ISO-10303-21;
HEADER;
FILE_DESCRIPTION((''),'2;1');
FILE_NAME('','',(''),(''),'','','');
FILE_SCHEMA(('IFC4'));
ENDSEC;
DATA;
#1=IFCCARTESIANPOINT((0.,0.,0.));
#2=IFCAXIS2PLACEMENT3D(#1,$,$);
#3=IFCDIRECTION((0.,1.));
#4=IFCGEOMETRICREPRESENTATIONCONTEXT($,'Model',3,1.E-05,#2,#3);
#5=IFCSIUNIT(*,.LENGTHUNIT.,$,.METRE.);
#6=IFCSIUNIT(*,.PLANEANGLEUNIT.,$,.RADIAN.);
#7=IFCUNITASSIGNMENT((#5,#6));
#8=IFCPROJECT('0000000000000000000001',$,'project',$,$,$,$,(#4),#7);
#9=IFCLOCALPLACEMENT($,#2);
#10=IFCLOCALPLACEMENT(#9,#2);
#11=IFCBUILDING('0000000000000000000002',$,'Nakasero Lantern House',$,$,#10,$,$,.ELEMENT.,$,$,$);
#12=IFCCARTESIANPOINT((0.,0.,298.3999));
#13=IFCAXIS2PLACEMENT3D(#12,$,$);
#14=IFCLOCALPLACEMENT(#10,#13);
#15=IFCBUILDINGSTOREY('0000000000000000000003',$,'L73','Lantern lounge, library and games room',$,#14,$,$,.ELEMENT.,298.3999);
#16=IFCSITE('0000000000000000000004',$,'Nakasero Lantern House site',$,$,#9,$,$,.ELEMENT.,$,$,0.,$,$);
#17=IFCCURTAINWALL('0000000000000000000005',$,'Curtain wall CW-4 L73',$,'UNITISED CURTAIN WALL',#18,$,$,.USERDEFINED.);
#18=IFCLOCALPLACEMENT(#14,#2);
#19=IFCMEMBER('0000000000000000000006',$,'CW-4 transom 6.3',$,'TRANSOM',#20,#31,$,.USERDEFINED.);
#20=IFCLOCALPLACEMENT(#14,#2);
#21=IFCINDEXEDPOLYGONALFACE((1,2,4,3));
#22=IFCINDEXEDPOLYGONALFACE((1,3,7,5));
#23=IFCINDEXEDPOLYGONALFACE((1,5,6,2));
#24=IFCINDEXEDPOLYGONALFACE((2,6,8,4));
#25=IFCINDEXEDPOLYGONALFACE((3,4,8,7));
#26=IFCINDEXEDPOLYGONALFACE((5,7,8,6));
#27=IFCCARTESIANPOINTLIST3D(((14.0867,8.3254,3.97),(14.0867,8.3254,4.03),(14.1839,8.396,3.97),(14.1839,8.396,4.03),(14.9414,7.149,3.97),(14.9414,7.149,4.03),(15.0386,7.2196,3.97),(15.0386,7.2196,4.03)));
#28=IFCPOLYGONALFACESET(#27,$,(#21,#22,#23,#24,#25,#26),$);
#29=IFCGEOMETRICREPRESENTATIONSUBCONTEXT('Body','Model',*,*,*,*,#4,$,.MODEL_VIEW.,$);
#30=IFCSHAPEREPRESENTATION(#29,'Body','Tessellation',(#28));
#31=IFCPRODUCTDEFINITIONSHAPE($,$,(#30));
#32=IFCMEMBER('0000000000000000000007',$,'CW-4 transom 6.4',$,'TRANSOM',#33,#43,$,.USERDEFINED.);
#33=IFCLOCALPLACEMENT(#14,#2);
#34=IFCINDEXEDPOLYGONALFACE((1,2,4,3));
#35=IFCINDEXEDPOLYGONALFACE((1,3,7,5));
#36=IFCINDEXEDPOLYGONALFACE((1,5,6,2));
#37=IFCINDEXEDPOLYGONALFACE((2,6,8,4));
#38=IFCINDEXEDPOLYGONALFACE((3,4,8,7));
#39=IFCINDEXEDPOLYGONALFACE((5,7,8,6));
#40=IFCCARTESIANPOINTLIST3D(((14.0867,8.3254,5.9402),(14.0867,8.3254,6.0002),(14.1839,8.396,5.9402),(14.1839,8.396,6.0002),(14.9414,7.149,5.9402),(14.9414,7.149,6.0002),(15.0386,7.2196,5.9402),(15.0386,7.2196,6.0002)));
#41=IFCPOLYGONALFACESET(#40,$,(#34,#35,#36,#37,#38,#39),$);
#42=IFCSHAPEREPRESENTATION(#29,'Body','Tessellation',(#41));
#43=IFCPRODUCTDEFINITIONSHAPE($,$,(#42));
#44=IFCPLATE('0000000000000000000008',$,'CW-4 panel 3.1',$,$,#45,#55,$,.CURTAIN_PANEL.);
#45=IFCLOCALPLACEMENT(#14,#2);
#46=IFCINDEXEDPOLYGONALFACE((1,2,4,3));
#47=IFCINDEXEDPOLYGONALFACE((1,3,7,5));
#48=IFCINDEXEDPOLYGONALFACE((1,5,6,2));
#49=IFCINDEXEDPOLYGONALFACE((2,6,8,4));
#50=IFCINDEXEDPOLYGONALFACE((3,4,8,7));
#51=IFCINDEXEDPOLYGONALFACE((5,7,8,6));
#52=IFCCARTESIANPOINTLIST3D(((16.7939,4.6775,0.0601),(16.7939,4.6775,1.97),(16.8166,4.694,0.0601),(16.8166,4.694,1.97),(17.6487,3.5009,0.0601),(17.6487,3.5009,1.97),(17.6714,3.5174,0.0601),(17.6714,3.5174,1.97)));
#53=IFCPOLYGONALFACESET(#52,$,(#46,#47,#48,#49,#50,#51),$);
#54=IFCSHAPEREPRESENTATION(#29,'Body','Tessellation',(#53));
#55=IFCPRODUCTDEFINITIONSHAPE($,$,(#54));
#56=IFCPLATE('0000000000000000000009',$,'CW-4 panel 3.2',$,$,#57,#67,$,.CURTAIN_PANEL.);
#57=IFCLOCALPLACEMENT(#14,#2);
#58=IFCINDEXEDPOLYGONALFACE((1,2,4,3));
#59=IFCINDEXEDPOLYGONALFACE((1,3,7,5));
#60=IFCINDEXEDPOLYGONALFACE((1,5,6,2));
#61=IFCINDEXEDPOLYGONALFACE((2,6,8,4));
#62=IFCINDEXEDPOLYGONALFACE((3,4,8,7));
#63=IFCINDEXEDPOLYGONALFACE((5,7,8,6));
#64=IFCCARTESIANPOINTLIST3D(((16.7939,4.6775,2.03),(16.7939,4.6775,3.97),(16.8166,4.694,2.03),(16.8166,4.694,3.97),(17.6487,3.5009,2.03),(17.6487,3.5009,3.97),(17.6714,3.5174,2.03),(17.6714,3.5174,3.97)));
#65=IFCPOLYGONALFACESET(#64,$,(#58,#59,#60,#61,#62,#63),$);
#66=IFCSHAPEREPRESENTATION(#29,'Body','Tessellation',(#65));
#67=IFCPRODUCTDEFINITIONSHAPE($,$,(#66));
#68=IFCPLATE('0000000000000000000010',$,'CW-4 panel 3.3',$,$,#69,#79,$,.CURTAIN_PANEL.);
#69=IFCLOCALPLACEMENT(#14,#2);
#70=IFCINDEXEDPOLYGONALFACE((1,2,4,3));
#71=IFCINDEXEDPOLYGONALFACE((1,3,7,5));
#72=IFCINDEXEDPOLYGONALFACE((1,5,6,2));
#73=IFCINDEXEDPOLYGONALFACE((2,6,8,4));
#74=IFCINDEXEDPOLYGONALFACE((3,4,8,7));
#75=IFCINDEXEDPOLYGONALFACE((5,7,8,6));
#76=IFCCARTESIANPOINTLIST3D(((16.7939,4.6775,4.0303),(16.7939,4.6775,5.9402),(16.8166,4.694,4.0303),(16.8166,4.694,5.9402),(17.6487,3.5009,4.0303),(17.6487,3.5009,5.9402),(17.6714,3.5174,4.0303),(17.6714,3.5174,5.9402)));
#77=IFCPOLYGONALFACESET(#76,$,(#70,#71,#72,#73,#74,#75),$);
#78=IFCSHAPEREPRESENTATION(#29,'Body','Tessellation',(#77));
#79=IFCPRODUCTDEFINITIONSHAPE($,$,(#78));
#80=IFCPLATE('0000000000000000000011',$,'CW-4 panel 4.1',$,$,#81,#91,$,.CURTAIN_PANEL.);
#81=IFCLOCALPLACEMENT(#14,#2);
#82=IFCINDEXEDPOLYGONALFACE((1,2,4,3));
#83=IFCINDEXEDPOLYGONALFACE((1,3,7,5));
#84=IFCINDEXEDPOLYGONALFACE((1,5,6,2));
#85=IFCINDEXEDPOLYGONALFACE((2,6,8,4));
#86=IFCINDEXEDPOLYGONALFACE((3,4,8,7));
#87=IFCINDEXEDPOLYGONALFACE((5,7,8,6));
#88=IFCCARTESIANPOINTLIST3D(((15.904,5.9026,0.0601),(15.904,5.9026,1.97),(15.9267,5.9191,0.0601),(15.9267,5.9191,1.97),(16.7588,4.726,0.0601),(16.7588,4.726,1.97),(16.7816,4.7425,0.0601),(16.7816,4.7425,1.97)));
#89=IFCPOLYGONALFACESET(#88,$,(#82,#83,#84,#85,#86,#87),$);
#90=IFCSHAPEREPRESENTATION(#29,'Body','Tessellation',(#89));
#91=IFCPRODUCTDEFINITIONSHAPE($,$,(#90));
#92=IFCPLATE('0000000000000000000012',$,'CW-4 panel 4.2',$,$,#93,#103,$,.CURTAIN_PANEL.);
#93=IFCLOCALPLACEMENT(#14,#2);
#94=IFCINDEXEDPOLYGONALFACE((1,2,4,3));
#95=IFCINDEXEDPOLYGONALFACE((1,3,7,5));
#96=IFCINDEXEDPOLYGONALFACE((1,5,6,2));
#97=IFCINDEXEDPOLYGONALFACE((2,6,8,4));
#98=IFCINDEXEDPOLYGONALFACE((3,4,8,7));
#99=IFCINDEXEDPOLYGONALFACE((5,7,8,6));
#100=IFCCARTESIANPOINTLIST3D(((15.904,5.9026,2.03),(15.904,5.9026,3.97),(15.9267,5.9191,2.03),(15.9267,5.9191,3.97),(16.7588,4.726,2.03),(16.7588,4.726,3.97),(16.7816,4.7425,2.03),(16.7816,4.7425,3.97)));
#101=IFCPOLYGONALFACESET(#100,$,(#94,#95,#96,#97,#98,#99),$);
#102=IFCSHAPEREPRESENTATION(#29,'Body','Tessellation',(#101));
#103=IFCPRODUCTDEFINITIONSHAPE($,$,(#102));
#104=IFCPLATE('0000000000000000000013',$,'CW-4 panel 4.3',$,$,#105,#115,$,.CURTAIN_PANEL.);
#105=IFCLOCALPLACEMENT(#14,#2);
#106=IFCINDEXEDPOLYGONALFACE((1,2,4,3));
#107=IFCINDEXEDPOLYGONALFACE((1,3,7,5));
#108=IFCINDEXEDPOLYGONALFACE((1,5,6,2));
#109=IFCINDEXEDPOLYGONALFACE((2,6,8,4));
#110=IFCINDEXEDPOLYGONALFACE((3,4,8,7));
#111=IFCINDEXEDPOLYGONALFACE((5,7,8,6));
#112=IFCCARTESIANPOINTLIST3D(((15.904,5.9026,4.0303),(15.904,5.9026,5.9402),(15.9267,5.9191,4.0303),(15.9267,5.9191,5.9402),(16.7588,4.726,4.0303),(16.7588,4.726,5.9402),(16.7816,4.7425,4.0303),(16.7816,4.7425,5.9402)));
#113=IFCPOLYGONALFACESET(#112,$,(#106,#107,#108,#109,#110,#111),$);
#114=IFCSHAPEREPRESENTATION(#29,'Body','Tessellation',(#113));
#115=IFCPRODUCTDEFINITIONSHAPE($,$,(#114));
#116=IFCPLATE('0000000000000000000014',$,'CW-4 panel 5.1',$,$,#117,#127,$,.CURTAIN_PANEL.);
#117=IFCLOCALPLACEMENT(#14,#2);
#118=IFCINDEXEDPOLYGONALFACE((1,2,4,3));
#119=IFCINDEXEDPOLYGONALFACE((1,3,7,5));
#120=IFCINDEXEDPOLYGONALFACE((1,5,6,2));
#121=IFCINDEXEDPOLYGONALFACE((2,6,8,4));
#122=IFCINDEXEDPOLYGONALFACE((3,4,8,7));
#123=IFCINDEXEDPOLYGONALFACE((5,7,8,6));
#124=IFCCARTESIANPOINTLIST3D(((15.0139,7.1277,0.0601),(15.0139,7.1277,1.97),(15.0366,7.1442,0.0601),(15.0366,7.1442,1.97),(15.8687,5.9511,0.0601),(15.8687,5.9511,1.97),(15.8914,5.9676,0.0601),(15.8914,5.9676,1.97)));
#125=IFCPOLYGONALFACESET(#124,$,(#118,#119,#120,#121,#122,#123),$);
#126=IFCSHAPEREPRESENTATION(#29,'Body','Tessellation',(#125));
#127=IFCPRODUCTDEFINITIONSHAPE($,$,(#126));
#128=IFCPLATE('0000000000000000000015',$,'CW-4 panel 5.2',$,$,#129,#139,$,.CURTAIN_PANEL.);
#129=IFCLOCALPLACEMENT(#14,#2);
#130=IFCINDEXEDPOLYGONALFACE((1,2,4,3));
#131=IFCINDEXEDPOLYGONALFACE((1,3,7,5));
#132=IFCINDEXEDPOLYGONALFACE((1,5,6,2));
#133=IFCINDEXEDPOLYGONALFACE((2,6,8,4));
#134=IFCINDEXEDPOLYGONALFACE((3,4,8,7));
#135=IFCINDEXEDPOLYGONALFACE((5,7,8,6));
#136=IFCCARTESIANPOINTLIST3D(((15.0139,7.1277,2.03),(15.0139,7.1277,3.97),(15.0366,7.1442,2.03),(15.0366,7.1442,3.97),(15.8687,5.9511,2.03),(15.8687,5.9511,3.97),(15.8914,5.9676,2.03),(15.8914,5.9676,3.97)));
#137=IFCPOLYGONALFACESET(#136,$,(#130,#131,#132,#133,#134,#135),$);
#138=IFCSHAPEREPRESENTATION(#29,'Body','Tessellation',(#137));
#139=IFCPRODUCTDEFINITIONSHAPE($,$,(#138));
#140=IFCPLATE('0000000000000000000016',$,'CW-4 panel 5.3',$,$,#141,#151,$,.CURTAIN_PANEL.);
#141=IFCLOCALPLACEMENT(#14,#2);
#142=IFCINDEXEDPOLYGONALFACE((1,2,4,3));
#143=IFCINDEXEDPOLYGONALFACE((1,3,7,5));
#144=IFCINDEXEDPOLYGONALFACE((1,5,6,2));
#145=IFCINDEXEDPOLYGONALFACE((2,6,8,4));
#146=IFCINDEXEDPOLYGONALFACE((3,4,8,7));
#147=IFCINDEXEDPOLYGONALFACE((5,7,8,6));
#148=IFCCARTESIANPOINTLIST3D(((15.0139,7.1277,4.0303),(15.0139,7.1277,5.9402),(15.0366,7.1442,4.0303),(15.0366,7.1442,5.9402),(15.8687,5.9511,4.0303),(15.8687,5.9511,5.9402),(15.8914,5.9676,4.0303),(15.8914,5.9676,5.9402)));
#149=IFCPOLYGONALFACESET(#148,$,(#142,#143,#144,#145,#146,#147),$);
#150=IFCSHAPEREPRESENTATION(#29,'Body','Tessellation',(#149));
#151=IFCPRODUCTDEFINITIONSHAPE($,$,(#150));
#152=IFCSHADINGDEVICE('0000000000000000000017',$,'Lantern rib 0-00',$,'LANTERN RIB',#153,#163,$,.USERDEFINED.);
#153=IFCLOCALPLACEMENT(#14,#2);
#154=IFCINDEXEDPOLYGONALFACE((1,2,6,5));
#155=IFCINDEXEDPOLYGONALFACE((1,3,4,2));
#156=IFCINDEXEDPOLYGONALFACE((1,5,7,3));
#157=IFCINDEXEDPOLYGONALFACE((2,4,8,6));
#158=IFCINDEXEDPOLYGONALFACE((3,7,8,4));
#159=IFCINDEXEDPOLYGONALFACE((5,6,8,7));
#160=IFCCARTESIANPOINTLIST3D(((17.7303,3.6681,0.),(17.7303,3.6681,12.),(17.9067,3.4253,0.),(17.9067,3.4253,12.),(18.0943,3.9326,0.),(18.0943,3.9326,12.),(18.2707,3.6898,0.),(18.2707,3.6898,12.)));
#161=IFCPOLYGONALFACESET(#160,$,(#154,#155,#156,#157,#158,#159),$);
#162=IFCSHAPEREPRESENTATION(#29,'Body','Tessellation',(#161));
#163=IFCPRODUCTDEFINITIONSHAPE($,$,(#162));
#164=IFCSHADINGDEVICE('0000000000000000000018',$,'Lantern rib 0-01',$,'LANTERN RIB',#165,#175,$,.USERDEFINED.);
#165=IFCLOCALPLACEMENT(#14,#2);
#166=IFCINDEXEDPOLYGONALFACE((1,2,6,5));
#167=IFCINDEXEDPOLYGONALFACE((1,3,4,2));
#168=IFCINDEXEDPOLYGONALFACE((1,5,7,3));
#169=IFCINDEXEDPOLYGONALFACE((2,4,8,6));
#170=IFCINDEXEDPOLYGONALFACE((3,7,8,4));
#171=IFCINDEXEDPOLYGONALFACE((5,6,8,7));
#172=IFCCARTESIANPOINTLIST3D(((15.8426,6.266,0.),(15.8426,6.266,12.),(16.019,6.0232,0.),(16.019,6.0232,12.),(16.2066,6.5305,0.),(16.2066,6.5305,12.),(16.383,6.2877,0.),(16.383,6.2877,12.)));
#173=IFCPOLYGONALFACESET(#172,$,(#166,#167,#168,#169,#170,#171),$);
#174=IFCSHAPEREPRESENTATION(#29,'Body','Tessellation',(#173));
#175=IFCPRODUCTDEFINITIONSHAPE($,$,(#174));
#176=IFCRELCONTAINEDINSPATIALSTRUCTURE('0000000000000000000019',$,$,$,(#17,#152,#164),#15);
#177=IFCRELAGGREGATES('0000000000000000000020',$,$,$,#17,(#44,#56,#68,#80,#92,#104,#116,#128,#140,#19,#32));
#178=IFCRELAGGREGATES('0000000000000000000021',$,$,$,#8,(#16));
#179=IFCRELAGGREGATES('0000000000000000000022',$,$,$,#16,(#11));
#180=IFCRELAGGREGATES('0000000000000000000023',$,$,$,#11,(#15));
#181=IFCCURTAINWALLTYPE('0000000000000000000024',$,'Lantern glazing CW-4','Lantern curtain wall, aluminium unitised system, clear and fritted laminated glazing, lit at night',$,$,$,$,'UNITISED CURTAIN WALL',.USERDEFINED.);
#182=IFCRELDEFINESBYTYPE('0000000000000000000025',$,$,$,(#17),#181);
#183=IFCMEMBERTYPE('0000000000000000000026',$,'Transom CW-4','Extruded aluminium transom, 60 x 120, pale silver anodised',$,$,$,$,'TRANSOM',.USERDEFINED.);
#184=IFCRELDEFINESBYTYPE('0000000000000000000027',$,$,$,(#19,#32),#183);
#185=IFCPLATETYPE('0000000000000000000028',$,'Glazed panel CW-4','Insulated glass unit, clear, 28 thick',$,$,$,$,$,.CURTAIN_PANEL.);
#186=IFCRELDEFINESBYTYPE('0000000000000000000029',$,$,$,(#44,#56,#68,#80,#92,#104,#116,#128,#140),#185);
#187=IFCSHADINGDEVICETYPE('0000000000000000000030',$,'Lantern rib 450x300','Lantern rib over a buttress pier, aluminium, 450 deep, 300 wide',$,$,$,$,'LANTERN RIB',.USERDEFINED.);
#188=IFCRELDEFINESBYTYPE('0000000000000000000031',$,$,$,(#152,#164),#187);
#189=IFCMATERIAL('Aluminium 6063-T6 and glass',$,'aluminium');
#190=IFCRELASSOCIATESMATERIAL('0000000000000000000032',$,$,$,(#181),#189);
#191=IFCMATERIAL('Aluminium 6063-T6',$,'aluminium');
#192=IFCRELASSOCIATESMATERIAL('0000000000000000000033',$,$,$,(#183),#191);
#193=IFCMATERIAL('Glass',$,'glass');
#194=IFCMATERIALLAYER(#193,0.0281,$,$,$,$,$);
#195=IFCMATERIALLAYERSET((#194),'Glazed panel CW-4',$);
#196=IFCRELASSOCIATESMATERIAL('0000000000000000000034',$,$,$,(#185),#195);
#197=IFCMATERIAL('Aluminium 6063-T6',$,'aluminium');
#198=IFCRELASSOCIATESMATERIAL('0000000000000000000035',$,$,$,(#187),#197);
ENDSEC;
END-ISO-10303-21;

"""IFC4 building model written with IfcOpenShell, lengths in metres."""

from ifc_helpers import new_model, si_unit, direction, frame, origin, origin_2d, place, context, subcontext, project, spatial, rectangle, extrude, material, layer, layer_set, material_profile, profile_set, type_object, element, aggregate, save


model = new_model("IFC4")

# Units and contexts
model_context = context("Model", 3, precision=1e-05, world=origin(), true_north=direction((0.0, 1.0)))
body_context = subcontext(model_context, "Body", "Model", "MODEL_VIEW")
ifc_project = project(units=[si_unit("LENGTHUNIT", "METRE"), si_unit("PLANEANGLEUNIT", "RADIAN")], contexts=[model_context])

# Site, building, storey
site_placement = place(None, origin())
site = spatial("IfcSite", under=ifc_project, at=site_placement, Name="Nakasero Lantern House site", CompositionType="ELEMENT", RefElevation=0.0)
building_placement = place(site_placement, origin())
building = spatial("IfcBuilding", under=site, at=building_placement, Name="Nakasero Lantern House", CompositionType="ELEMENT")
storey_placement = place(building_placement, frame((0.0, 0.0, 298.3999)))
storey = spatial("IfcBuildingStorey", under=building, at=storey_placement, Name="L73", Description="Lantern lounge, library and games room", CompositionType="ELEMENT", Elevation=298.3999)

# Curtain wall, members, plates
ifc_material_1 = material(Name="Aluminium 6063-T6 and glass", Category="aluminium")
curtain_wall_type = type_object("IfcCurtainWallType", Name="Lantern glazing CW-4", Description="Lantern curtain wall, aluminium unitised system, clear and fritted laminated glazing, lit at night", ElementType="UNITISED CURTAIN WALL", PredefinedType="USERDEFINED", material=ifc_material_1)
curtain_wall_placement = place(storey_placement, origin())
curtain_wall = element("IfcCurtainWall", 1, at=curtain_wall_placement, inside=storey, type_object=curtain_wall_type, Name="Curtain wall CW-4 L73", ObjectType="UNITISED CURTAIN WALL", PredefinedType="USERDEFINED")
ifc_material_2 = material(Name="Aluminium 6063-T6", Category="aluminium")
ifc_material_profile_1 = material_profile(ifc_material_2, rectangle(XDim=0.0601, YDim=0.1201, at=origin_2d()), Name="CW-4 transom 60x120")
ifc_profile_set_1 = profile_set([ifc_material_profile_1], Name="Aluminium 6063-T6")
member_type_1 = type_object("IfcMemberType", Name="Transom CW-4", Description="Extruded aluminium transom, 60 x 120, pale silver anodised", ElementType="TRANSOM", PredefinedType="USERDEFINED", material=ifc_profile_set_1)
member_1_placement = place(storey_placement, frame((14.99, 7.1843, 4.0), z_axis=(-0.587762, 0.809034, 0.0), x_axis=(0.0, 0.0, 1.0)))
member_1 = element("IfcMember", 2, at=member_1_placement, type_object=member_type_1, Name="CW-4 transom 6.3", ObjectType="TRANSOM", PredefinedType="USERDEFINED", context=body_context, shape_type="SweptSolid", body=[
    extrude(rectangle(XDim=0.0601, YDim=0.1201, at=origin_2d()), origin(), (0.0, 0.0, 1.0), 1.4541),
])
member_2_placement = place(storey_placement, frame((14.99, 7.1843, 5.9702), z_axis=(-0.587762, 0.809034, 0.0), x_axis=(0.0, 0.0, 1.0)))
member_2 = element("IfcMember", 3, at=member_2_placement, type_object=member_type_1, Name="CW-4 transom 6.4", ObjectType="TRANSOM", PredefinedType="USERDEFINED", context=body_context, shape_type="SweptSolid", body=[
    extrude(rectangle(XDim=0.0601, YDim=0.1201, at=origin_2d()), origin(), (0.0, 0.0, 1.0), 1.4541),
])
ifc_material_3 = material(Name="Glass", Category="glass")
ifc_layer = layer(ifc_material_3, 0.0281)
ifc_layer_set = layer_set([ifc_layer], Name="Glazed panel CW-4")
plate_type = type_object("IfcPlateType", Name="Glazed panel CW-4", Description="Insulated glass unit, clear, 28 thick", PredefinedType="CURTAIN_PANEL", material=ifc_layer_set)
plate_1_placement = place(storey_placement, frame((17.2327, 4.0974, 0.0601), z_axis=(0.0, 0.0, 1.0), x_axis=(-0.587785, 0.809017, 0.0)))
plate_1 = element("IfcPlate", 4, at=plate_1_placement, type_object=plate_type, Name="CW-4 panel 3.1", PredefinedType="CURTAIN_PANEL", context=body_context, shape_type="SweptSolid", body=[
    extrude(rectangle(XDim=1.4543, YDim=0.0281, at=origin_2d()), origin(), (0.0, 0.0, 1.0), 1.9099),
])
plate_2_placement = place(storey_placement, frame((17.2327, 4.0974, 2.03), z_axis=(0.0, 0.0, 1.0), x_axis=(-0.587785, 0.809017, 0.0)))
plate_2 = element("IfcPlate", 5, at=plate_2_placement, type_object=plate_type, Name="CW-4 panel 3.2", PredefinedType="CURTAIN_PANEL", context=body_context, shape_type="SweptSolid", body=[
    extrude(rectangle(XDim=1.4543, YDim=0.0281, at=origin_2d()), origin(), (0.0, 0.0, 1.0), 1.9399),
])
plate_3_placement = place(storey_placement, frame((17.2327, 4.0974, 4.0303), z_axis=(0.0, 0.0, 1.0), x_axis=(-0.587785, 0.809017, 0.0)))
plate_3 = element("IfcPlate", 6, at=plate_3_placement, type_object=plate_type, Name="CW-4 panel 3.3", PredefinedType="CURTAIN_PANEL", context=body_context, shape_type="SweptSolid", body=[
    extrude(rectangle(XDim=1.4543, YDim=0.0281, at=origin_2d()), origin(), (0.0, 0.0, 1.0), 1.9099),
])
plate_4_placement = place(storey_placement, frame((16.3428, 5.3225, 0.0601), z_axis=(0.0, 0.0, 1.0), x_axis=(-0.587785, 0.809017, 0.0)))
plate_4 = element("IfcPlate", 7, at=plate_4_placement, type_object=plate_type, Name="CW-4 panel 4.1", PredefinedType="CURTAIN_PANEL", context=body_context, shape_type="SweptSolid", body=[
    extrude(rectangle(XDim=1.4543, YDim=0.0281, at=origin_2d()), origin(), (0.0, 0.0, 1.0), 1.9099),
])
plate_5_placement = place(storey_placement, frame((16.3428, 5.3225, 2.03), z_axis=(0.0, 0.0, 1.0), x_axis=(-0.587785, 0.809017, 0.0)))
plate_5 = element("IfcPlate", 8, at=plate_5_placement, type_object=plate_type, Name="CW-4 panel 4.2", PredefinedType="CURTAIN_PANEL", context=body_context, shape_type="SweptSolid", body=[
    extrude(rectangle(XDim=1.4543, YDim=0.0281, at=origin_2d()), origin(), (0.0, 0.0, 1.0), 1.9399),
])
plate_6_placement = place(storey_placement, frame((16.3428, 5.3225, 4.0303), z_axis=(0.0, 0.0, 1.0), x_axis=(-0.587785, 0.809017, 0.0)))
plate_6 = element("IfcPlate", 9, at=plate_6_placement, type_object=plate_type, Name="CW-4 panel 4.3", PredefinedType="CURTAIN_PANEL", context=body_context, shape_type="SweptSolid", body=[
    extrude(rectangle(XDim=1.4543, YDim=0.0281, at=origin_2d()), origin(), (0.0, 0.0, 1.0), 1.9099),
])
plate_7_placement = place(storey_placement, frame((15.4526, 6.5476, 0.0601), z_axis=(0.0, 0.0, 1.0), x_axis=(-0.587785, 0.809017, 0.0)))
plate_7 = element("IfcPlate", 10, at=plate_7_placement, type_object=plate_type, Name="CW-4 panel 5.1", PredefinedType="CURTAIN_PANEL", context=body_context, shape_type="SweptSolid", body=[
    extrude(rectangle(XDim=1.4543, YDim=0.0281, at=origin_2d()), origin(), (0.0, 0.0, 1.0), 1.9099),
])
plate_8_placement = place(storey_placement, frame((15.4526, 6.5476, 2.03), z_axis=(0.0, 0.0, 1.0), x_axis=(-0.587785, 0.809017, 0.0)))
plate_8 = element("IfcPlate", 11, at=plate_8_placement, type_object=plate_type, Name="CW-4 panel 5.2", PredefinedType="CURTAIN_PANEL", context=body_context, shape_type="SweptSolid", body=[
    extrude(rectangle(XDim=1.4543, YDim=0.0281, at=origin_2d()), origin(), (0.0, 0.0, 1.0), 1.9399),
])
plate_9_placement = place(storey_placement, frame((15.4526, 6.5476, 4.0303), z_axis=(0.0, 0.0, 1.0), x_axis=(-0.587785, 0.809017, 0.0)))
plate_9 = element("IfcPlate", 12, at=plate_9_placement, type_object=plate_type, Name="CW-4 panel 5.3", PredefinedType="CURTAIN_PANEL", context=body_context, shape_type="SweptSolid", body=[
    extrude(rectangle(XDim=1.4543, YDim=0.0281, at=origin_2d()), origin(), (0.0, 0.0, 1.0), 1.9099),
])
aggregate(curtain_wall, [plate_1, plate_2, plate_3, plate_4, plate_5, plate_6, plate_7, plate_8, plate_9, member_1, member_2])

# Shading devices
ifc_material_4 = material(Name="Aluminium 6063-T6", Category="aluminium")
shading_device_type = type_object("IfcShadingDeviceType", Name="Lantern rib 450x300", Description="Lantern rib over a buttress pier, aluminium, 450 deep, 300 wide", ElementType="LANTERN RIB", PredefinedType="USERDEFINED", material=ifc_material_4)
for number, where, z_axis, x_axis, name in (
    (13, (18.0005, 3.679, 0.0), (0.0, 0.0, 1.0), (0.809017, 0.587785, 0.0), "Lantern rib 0-00"),
    (14, (16.1128, 6.2769, 0.0), (0.0, 0.0, 1.0), (0.809017, 0.587785, 0.0), "Lantern rib 0-01"),
):
    element("IfcShadingDevice", number, at=place(storey_placement, frame(where, z_axis=z_axis, x_axis=x_axis)), inside=storey, type_object=shading_device_type, Name=name, ObjectType="LANTERN RIB", PredefinedType="USERDEFINED", context=body_context, shape_type="SweptSolid", body=[
        extrude(rectangle(XDim=0.45, YDim=0.3, at=origin_2d()), origin(), (0.0, 0.0, 1.0), 12.0),
    ])

save(model, "model.ifc")
